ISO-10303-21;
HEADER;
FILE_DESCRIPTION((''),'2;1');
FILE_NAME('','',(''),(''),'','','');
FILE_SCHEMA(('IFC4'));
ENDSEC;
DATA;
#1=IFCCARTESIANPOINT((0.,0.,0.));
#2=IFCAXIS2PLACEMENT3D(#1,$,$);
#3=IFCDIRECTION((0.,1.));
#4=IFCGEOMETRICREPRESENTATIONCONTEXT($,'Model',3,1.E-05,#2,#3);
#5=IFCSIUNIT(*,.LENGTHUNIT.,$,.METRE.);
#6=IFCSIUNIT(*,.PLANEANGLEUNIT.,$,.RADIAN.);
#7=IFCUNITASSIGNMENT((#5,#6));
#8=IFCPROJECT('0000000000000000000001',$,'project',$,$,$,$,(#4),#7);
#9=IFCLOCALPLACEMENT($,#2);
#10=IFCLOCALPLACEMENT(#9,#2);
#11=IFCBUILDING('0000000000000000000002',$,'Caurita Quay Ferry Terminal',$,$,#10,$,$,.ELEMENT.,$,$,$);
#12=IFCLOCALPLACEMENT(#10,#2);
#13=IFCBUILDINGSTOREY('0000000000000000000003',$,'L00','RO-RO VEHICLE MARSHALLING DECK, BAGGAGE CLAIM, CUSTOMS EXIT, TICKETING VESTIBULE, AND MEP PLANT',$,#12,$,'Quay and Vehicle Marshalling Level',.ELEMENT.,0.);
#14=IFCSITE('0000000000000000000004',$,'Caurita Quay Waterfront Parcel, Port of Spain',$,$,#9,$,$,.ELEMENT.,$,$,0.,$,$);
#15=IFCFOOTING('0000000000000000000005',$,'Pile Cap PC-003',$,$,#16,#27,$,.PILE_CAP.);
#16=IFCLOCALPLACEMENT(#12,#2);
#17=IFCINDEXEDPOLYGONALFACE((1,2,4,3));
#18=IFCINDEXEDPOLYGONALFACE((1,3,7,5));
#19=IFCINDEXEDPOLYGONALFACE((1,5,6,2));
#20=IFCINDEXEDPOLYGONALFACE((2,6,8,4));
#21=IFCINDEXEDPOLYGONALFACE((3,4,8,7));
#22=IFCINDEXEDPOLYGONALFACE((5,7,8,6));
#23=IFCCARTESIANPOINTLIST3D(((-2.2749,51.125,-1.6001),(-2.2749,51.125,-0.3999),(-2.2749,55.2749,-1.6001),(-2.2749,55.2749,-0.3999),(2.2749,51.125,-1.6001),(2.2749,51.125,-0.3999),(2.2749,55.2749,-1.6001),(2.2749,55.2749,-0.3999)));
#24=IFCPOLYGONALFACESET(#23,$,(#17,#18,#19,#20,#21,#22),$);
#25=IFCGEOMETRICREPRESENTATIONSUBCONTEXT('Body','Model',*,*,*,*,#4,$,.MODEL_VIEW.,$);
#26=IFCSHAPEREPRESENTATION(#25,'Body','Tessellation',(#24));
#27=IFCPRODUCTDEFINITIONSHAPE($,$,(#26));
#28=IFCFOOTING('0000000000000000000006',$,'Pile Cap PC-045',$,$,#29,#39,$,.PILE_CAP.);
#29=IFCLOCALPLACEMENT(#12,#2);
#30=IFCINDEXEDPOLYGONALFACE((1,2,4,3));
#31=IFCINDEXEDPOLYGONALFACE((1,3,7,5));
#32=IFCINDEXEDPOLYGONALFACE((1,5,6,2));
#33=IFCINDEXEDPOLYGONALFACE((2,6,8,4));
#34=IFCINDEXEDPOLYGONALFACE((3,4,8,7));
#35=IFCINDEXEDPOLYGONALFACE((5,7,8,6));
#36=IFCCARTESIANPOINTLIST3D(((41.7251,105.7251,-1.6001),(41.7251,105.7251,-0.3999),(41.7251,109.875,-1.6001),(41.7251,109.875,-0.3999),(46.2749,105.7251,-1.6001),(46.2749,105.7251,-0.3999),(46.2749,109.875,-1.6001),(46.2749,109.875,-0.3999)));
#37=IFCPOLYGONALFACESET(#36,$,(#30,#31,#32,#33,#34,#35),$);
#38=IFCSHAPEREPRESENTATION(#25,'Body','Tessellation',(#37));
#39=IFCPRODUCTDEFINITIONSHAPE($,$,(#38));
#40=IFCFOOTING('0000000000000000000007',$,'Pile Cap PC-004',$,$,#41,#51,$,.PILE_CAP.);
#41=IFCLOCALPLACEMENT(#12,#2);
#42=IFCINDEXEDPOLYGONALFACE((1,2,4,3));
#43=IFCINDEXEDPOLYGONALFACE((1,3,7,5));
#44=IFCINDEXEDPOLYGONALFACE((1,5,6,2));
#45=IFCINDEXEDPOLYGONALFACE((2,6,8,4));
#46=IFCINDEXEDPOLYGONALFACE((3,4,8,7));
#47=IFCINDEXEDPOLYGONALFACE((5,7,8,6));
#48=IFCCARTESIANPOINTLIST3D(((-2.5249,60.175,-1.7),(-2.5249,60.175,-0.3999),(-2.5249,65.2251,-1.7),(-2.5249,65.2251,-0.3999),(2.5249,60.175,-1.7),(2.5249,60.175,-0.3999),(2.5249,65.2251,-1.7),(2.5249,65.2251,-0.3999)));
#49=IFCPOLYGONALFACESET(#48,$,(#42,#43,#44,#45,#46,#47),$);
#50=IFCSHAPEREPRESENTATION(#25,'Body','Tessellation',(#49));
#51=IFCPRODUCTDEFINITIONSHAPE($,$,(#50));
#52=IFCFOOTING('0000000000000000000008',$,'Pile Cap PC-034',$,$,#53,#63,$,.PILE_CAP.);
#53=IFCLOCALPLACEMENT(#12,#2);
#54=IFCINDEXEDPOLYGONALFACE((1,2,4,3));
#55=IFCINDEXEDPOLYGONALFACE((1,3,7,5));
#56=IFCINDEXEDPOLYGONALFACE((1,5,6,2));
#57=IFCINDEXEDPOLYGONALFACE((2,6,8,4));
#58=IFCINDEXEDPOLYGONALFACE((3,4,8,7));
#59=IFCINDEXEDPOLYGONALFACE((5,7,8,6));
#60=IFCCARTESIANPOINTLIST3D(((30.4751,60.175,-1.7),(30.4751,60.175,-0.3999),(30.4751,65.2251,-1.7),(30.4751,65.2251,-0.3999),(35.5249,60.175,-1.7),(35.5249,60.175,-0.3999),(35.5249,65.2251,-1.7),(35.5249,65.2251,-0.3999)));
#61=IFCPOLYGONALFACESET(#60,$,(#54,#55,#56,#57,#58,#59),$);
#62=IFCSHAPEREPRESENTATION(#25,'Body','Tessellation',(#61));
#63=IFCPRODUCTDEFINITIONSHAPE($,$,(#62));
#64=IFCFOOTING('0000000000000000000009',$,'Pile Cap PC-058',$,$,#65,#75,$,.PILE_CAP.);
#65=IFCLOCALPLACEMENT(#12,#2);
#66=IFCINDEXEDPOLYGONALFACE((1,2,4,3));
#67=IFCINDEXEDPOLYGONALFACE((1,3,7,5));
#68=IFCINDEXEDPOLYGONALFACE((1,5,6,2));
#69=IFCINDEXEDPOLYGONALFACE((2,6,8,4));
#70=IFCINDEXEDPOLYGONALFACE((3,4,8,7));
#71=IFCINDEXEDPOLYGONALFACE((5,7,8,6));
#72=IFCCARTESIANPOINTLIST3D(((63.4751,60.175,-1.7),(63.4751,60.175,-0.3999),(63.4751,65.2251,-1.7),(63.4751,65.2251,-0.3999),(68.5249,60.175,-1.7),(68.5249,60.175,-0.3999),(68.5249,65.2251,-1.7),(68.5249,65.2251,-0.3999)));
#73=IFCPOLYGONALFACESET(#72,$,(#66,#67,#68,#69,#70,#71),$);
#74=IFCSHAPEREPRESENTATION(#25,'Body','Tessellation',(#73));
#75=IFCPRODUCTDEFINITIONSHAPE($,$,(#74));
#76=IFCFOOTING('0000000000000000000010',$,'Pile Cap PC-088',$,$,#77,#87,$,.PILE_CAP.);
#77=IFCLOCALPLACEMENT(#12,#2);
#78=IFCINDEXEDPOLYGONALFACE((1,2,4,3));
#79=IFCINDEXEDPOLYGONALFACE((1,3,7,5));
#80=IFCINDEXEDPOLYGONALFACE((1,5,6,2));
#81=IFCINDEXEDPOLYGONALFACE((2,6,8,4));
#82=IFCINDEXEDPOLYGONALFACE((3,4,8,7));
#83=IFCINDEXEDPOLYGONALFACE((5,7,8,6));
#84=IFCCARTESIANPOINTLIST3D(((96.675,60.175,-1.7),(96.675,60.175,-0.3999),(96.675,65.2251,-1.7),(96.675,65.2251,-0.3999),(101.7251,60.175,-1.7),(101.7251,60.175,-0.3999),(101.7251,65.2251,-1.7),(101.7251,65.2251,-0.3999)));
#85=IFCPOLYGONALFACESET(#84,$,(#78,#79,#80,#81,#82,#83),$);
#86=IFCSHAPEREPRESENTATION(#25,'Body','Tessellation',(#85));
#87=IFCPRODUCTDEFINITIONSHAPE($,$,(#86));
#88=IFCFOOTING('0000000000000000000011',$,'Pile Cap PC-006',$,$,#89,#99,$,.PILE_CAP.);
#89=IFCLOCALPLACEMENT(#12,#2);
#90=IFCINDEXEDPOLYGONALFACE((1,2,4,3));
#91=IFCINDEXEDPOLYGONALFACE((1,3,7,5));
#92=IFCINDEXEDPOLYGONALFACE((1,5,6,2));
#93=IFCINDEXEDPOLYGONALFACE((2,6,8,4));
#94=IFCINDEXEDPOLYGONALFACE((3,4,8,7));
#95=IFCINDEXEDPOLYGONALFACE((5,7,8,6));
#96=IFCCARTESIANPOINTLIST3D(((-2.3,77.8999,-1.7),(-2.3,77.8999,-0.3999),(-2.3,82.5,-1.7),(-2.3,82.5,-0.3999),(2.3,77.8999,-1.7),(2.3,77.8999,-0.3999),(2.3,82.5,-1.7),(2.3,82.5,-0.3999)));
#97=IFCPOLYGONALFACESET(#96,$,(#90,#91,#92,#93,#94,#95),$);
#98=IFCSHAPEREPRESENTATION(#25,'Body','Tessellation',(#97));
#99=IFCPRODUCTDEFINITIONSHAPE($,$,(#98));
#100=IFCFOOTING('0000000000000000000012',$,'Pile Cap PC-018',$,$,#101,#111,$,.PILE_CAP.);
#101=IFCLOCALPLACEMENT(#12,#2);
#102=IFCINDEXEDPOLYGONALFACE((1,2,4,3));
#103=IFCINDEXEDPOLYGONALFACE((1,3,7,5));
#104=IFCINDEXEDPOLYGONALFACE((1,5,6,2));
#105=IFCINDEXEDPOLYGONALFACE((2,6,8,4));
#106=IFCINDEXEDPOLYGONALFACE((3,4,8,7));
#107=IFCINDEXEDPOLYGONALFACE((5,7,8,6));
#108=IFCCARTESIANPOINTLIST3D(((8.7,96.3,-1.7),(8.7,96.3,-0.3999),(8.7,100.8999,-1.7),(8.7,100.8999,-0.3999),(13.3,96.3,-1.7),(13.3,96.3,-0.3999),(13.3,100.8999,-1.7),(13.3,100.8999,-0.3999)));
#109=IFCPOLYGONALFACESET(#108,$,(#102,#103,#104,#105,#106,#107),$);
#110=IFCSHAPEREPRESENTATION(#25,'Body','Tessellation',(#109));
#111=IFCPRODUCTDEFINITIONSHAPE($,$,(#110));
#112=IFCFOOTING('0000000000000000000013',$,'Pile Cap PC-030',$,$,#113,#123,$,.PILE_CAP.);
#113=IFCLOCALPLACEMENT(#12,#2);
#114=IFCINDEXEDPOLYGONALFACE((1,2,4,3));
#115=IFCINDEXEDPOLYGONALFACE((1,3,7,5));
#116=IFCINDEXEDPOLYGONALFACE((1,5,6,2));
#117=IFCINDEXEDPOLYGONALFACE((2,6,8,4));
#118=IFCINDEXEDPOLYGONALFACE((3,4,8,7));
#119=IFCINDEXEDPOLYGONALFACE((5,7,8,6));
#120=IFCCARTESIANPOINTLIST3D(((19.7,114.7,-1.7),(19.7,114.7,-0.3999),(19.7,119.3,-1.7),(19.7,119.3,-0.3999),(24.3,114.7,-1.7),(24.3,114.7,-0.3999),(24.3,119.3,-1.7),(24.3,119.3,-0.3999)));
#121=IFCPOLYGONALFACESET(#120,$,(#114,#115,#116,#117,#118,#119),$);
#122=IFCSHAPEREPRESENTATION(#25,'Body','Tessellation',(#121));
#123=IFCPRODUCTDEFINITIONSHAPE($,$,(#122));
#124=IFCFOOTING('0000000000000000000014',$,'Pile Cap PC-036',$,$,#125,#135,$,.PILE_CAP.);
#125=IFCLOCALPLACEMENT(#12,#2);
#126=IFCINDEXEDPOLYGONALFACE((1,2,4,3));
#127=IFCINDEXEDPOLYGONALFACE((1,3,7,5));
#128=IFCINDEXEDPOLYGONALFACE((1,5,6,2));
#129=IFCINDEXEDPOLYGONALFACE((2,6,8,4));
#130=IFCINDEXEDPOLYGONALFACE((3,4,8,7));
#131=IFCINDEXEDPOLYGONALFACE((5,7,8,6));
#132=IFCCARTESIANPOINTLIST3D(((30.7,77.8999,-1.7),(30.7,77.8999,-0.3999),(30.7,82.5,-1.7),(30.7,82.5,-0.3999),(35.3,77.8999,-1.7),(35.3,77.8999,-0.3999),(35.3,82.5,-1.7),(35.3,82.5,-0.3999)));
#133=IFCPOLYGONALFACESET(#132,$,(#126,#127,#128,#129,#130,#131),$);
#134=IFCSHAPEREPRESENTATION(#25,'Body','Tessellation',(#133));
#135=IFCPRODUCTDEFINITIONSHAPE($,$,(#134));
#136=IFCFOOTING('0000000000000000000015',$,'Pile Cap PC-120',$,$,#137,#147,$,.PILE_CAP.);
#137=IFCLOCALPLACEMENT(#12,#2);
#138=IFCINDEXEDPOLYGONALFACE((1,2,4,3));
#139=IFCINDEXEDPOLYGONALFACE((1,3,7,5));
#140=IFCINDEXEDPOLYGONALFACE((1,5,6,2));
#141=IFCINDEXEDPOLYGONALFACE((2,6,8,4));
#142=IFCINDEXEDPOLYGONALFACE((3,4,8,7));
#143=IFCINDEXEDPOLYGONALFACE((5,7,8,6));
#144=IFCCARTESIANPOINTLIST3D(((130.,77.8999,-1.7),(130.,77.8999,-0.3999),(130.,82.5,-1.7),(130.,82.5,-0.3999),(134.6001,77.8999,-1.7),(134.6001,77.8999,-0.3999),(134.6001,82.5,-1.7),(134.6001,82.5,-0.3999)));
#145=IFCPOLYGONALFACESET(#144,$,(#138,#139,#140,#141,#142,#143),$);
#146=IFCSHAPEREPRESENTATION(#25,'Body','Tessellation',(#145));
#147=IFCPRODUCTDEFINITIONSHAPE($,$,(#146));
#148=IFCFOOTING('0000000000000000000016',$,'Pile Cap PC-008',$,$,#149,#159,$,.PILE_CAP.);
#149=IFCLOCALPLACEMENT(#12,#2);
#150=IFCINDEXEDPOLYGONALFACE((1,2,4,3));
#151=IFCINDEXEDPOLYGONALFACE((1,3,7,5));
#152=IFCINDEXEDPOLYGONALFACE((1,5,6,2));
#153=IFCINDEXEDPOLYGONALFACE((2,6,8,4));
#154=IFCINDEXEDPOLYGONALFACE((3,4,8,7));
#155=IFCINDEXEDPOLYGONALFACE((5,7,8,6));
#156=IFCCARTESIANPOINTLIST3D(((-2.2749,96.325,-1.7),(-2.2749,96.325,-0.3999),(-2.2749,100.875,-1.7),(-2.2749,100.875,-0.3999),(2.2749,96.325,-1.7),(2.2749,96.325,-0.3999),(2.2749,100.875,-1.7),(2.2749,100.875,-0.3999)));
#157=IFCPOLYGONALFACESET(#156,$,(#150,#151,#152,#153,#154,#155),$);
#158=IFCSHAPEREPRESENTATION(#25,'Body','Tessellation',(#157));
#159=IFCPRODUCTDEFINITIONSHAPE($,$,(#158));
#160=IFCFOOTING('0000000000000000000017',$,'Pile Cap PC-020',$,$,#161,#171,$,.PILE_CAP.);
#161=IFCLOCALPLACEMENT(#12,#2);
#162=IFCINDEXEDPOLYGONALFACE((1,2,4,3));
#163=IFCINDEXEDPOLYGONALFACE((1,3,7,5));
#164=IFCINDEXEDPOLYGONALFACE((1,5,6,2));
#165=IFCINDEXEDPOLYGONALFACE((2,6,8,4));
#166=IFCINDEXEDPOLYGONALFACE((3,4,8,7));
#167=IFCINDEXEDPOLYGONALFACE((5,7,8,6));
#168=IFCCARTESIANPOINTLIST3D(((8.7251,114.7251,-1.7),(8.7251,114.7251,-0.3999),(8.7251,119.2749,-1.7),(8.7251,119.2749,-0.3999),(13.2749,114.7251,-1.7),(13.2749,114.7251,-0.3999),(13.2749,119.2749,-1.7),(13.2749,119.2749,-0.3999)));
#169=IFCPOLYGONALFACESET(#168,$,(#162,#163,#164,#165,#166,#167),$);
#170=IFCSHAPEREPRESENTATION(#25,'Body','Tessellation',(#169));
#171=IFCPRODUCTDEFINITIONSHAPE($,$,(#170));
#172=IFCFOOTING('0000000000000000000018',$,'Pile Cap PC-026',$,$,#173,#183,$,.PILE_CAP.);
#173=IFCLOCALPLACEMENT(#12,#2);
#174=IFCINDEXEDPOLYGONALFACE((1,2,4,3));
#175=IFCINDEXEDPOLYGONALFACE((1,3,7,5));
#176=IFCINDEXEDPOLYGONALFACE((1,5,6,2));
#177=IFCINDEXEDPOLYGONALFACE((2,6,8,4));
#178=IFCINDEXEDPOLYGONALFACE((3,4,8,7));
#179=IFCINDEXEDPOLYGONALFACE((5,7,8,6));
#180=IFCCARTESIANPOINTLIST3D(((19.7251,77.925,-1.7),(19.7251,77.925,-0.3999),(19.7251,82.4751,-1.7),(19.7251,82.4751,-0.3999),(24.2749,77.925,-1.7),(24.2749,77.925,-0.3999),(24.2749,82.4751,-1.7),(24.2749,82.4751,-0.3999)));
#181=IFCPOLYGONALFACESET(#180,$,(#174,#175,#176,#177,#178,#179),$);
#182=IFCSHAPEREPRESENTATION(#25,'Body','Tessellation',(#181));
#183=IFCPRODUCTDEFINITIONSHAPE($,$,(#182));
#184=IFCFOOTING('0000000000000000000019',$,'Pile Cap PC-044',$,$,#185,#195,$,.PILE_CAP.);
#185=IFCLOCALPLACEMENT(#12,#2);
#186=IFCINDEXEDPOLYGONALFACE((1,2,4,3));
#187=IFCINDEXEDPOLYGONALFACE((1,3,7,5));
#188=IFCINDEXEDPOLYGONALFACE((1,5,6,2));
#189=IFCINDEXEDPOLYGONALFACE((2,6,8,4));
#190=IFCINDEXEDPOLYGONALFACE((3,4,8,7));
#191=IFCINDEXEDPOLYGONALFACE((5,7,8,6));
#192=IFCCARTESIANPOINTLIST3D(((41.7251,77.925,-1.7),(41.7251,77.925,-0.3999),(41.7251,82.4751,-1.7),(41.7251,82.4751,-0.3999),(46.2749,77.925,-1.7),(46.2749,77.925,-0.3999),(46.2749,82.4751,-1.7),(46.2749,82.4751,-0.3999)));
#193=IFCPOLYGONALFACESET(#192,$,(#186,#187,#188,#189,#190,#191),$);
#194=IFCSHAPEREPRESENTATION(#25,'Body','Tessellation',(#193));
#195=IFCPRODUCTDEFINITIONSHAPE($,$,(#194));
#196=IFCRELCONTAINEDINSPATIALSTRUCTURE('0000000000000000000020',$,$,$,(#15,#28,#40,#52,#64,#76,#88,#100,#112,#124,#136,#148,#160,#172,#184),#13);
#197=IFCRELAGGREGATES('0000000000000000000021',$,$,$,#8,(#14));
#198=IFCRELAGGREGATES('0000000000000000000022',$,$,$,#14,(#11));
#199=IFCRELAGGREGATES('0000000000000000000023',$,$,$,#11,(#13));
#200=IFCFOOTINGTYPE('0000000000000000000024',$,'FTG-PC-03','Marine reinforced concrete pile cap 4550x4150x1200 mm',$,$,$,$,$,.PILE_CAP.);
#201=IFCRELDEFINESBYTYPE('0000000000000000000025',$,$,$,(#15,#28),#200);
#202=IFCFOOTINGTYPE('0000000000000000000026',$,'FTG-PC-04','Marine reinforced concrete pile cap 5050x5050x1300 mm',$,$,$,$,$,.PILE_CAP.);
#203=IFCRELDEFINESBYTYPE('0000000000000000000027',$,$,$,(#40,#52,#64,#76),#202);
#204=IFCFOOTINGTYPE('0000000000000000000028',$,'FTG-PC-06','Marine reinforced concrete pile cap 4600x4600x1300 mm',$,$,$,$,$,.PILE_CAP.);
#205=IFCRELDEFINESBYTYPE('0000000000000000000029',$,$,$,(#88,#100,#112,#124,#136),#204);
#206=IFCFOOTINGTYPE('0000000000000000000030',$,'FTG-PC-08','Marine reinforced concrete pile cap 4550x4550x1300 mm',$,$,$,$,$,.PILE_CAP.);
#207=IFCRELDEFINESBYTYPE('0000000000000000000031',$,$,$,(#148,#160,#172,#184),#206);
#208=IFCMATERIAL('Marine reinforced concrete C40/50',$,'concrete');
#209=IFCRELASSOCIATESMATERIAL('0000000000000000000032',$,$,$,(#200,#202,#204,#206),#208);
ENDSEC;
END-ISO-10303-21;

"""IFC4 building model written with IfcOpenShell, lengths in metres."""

from ifc_helpers import new_model, si_unit, direction, frame, origin, place, context, subcontext, project, spatial, polyline, outline, extrude, material, type_object, element, save


model = new_model("IFC4")

# Units and contexts
model_context = context("Model", 3, precision=1e-05, world=origin(), true_north=direction((0.0, 1.0)))
body_context = subcontext(model_context, "Body", "Model", "MODEL_VIEW")
ifc_project = project(units=[si_unit("LENGTHUNIT", "METRE"), si_unit("PLANEANGLEUNIT", "RADIAN")], contexts=[model_context])

# Site, building, storey
site_placement = place(None, origin())
site = spatial("IfcSite", under=ifc_project, at=site_placement, Name="Caurita Quay Waterfront Parcel, Port of Spain", CompositionType="ELEMENT", RefElevation=0.0)
building_placement = place(site_placement, origin())
building = spatial("IfcBuilding", under=site, at=building_placement, Name="Caurita Quay Ferry Terminal", CompositionType="ELEMENT")
storey_placement = place(building_placement, origin())
storey = spatial("IfcBuildingStorey", under=building, at=storey_placement, Name="L00", Description="RO-RO VEHICLE MARSHALLING DECK, BAGGAGE CLAIM, CUSTOMS EXIT, TICKETING VESTIBULE, AND MEP PLANT", LongName="Quay and Vehicle Marshalling Level", CompositionType="ELEMENT", Elevation=0.0)

# Footings
ifc_material = material(Name="Marine reinforced concrete C40/50", Category="concrete")
footing_type_1 = type_object("IfcFootingType", Name="FTG-PC-03", Description="Marine reinforced concrete pile cap 4550x4150x1200 mm", PredefinedType="PILE_CAP", material=ifc_material)
footing_1_placement = place(storey_placement, frame((0.0, 0.0, -1.6001)))
element("IfcFooting", 1, at=footing_1_placement, inside=storey, type_object=footing_type_1, Name="Pile Cap PC-003", PredefinedType="PILE_CAP", context=body_context, shape_type="SweptSolid", body=[
    extrude(outline(polyline([(-2.2749, 51.125), (2.2749, 51.125), (2.2749, 55.2749), (-2.2749, 55.2749), (-2.2749, 51.125)])), origin(), (0.0, 0.0, 1.0), 1.2002),
])
footing_2_placement = place(storey_placement, frame((0.0, 0.0, -1.6001)))
element("IfcFooting", 2, at=footing_2_placement, inside=storey, type_object=footing_type_1, Name="Pile Cap PC-045", PredefinedType="PILE_CAP", context=body_context, shape_type="SweptSolid", body=[
    extrude(outline(polyline([(41.7251, 105.7251), (46.2749, 105.7251), (46.2749, 109.875), (41.7251, 109.875), (41.7251, 105.7251)])), origin(), (0.0, 0.0, 1.0), 1.2002),
])
footing_type_2 = type_object("IfcFootingType", Name="FTG-PC-04", Description="Marine reinforced concrete pile cap 5050x5050x1300 mm", PredefinedType="PILE_CAP", material=ifc_material)
footing_3_placement = place(storey_placement, frame((0.0, 0.0, -1.7)))
element("IfcFooting", 3, at=footing_3_placement, inside=storey, type_object=footing_type_2, Name="Pile Cap PC-004", PredefinedType="PILE_CAP", context=body_context, shape_type="SweptSolid", body=[
    extrude(outline(polyline([(-2.5249, 60.175), (2.5249, 60.175), (2.5249, 65.2251), (-2.5249, 65.2251), (-2.5249, 60.175)])), origin(), (0.0, 0.0, 1.0), 1.3),
])
footing_4_placement = place(storey_placement, frame((0.0, 0.0, -1.7)))
element("IfcFooting", 4, at=footing_4_placement, inside=storey, type_object=footing_type_2, Name="Pile Cap PC-034", PredefinedType="PILE_CAP", context=body_context, shape_type="SweptSolid", body=[
    extrude(outline(polyline([(30.4751, 60.175), (35.5249, 60.175), (35.5249, 65.2251), (30.4751, 65.2251), (30.4751, 60.175)])), origin(), (0.0, 0.0, 1.0), 1.3),
])
footing_5_placement = place(storey_placement, frame((0.0, 0.0, -1.7)))
element("IfcFooting", 5, at=footing_5_placement, inside=storey, type_object=footing_type_2, Name="Pile Cap PC-058", PredefinedType="PILE_CAP", context=body_context, shape_type="SweptSolid", body=[
    extrude(outline(polyline([(63.4751, 60.175), (68.5249, 60.175), (68.5249, 65.2251), (63.4751, 65.2251), (63.4751, 60.175)])), origin(), (0.0, 0.0, 1.0), 1.3),
])
footing_6_placement = place(storey_placement, frame((0.0, 0.0, -1.7)))
element("IfcFooting", 6, at=footing_6_placement, inside=storey, type_object=footing_type_2, Name="Pile Cap PC-088", PredefinedType="PILE_CAP", context=body_context, shape_type="SweptSolid", body=[
    extrude(outline(polyline([(96.675, 60.175), (101.7251, 60.175), (101.7251, 65.2251), (96.675, 65.2251), (96.675, 60.175)])), origin(), (0.0, 0.0, 1.0), 1.3),
])
footing_type_3 = type_object("IfcFootingType", Name="FTG-PC-06", Description="Marine reinforced concrete pile cap 4600x4600x1300 mm", PredefinedType="PILE_CAP", material=ifc_material)
footing_7_placement = place(storey_placement, frame((0.0, 0.0, -1.7)))
element("IfcFooting", 7, at=footing_7_placement, inside=storey, type_object=footing_type_3, Name="Pile Cap PC-006", PredefinedType="PILE_CAP", context=body_context, shape_type="SweptSolid", body=[
    extrude(outline(polyline([(-2.3, 77.8999), (2.3, 77.8999), (2.3, 82.5), (-2.3, 82.5), (-2.3, 77.8999)])), origin(), (0.0, 0.0, 1.0), 1.3),
])
footing_8_placement = place(storey_placement, frame((0.0, 0.0, -1.7)))
element("IfcFooting", 8, at=footing_8_placement, inside=storey, type_object=footing_type_3, Name="Pile Cap PC-018", PredefinedType="PILE_CAP", context=body_context, shape_type="SweptSolid", body=[
    extrude(outline(polyline([(8.7, 96.3), (13.3, 96.3), (13.3, 100.8999), (8.7, 100.8999), (8.7, 96.3)])), origin(), (0.0, 0.0, 1.0), 1.3),
])
footing_9_placement = place(storey_placement, frame((0.0, 0.0, -1.7)))
element("IfcFooting", 9, at=footing_9_placement, inside=storey, type_object=footing_type_3, Name="Pile Cap PC-030", PredefinedType="PILE_CAP", context=body_context, shape_type="SweptSolid", body=[
    extrude(outline(polyline([(19.7, 114.7), (24.3, 114.7), (24.3, 119.3), (19.7, 119.3), (19.7, 114.7)])), origin(), (0.0, 0.0, 1.0), 1.3),
])
footing_10_placement = place(storey_placement, frame((0.0, 0.0, -1.7)))
element("IfcFooting", 10, at=footing_10_placement, inside=storey, type_object=footing_type_3, Name="Pile Cap PC-036", PredefinedType="PILE_CAP", context=body_context, shape_type="SweptSolid", body=[
    extrude(outline(polyline([(30.7, 77.8999), (35.3, 77.8999), (35.3, 82.5), (30.7, 82.5), (30.7, 77.8999)])), origin(), (0.0, 0.0, 1.0), 1.3),
])
footing_11_placement = place(storey_placement, frame((0.0, 0.0, -1.7)))
element("IfcFooting", 11, at=footing_11_placement, inside=storey, type_object=footing_type_3, Name="Pile Cap PC-120", PredefinedType="PILE_CAP", context=body_context, shape_type="SweptSolid", body=[
    extrude(outline(polyline([(130.0, 77.8999), (134.6001, 77.8999), (134.6001, 82.5), (130.0, 82.5), (130.0, 77.8999)])), origin(), (0.0, 0.0, 1.0), 1.3),
])
footing_type_4 = type_object("IfcFootingType", Name="FTG-PC-08", Description="Marine reinforced concrete pile cap 4550x4550x1300 mm", PredefinedType="PILE_CAP", material=ifc_material)
footing_12_placement = place(storey_placement, frame((0.0, 0.0, -1.7)))
element("IfcFooting", 12, at=footing_12_placement, inside=storey, type_object=footing_type_4, Name="Pile Cap PC-008", PredefinedType="PILE_CAP", context=body_context, shape_type="SweptSolid", body=[
    extrude(outline(polyline([(-2.2749, 96.325), (2.2749, 96.325), (2.2749, 100.875), (-2.2749, 100.875), (-2.2749, 96.325)])), origin(), (0.0, 0.0, 1.0), 1.3),
])
footing_13_placement = place(storey_placement, frame((0.0, 0.0, -1.7)))
element("IfcFooting", 13, at=footing_13_placement, inside=storey, type_object=footing_type_4, Name="Pile Cap PC-020", PredefinedType="PILE_CAP", context=body_context, shape_type="SweptSolid", body=[
    extrude(outline(polyline([(8.7251, 114.7251), (13.2749, 114.7251), (13.2749, 119.2749), (8.7251, 119.2749), (8.7251, 114.7251)])), origin(), (0.0, 0.0, 1.0), 1.3),
])
footing_14_placement = place(storey_placement, frame((0.0, 0.0, -1.7)))
element("IfcFooting", 14, at=footing_14_placement, inside=storey, type_object=footing_type_4, Name="Pile Cap PC-026", PredefinedType="PILE_CAP", context=body_context, shape_type="SweptSolid", body=[
    extrude(outline(polyline([(19.7251, 77.925), (24.2749, 77.925), (24.2749, 82.4751), (19.7251, 82.4751), (19.7251, 77.925)])), origin(), (0.0, 0.0, 1.0), 1.3),
])
footing_15_placement = place(storey_placement, frame((0.0, 0.0, -1.7)))
element("IfcFooting", 15, at=footing_15_placement, inside=storey, type_object=footing_type_4, Name="Pile Cap PC-044", PredefinedType="PILE_CAP", context=body_context, shape_type="SweptSolid", body=[
    extrude(outline(polyline([(41.7251, 77.925), (46.2749, 77.925), (46.2749, 82.4751), (41.7251, 82.4751), (41.7251, 77.925)])), origin(), (0.0, 0.0, 1.0), 1.3),
])

save(model, "model.ifc")
